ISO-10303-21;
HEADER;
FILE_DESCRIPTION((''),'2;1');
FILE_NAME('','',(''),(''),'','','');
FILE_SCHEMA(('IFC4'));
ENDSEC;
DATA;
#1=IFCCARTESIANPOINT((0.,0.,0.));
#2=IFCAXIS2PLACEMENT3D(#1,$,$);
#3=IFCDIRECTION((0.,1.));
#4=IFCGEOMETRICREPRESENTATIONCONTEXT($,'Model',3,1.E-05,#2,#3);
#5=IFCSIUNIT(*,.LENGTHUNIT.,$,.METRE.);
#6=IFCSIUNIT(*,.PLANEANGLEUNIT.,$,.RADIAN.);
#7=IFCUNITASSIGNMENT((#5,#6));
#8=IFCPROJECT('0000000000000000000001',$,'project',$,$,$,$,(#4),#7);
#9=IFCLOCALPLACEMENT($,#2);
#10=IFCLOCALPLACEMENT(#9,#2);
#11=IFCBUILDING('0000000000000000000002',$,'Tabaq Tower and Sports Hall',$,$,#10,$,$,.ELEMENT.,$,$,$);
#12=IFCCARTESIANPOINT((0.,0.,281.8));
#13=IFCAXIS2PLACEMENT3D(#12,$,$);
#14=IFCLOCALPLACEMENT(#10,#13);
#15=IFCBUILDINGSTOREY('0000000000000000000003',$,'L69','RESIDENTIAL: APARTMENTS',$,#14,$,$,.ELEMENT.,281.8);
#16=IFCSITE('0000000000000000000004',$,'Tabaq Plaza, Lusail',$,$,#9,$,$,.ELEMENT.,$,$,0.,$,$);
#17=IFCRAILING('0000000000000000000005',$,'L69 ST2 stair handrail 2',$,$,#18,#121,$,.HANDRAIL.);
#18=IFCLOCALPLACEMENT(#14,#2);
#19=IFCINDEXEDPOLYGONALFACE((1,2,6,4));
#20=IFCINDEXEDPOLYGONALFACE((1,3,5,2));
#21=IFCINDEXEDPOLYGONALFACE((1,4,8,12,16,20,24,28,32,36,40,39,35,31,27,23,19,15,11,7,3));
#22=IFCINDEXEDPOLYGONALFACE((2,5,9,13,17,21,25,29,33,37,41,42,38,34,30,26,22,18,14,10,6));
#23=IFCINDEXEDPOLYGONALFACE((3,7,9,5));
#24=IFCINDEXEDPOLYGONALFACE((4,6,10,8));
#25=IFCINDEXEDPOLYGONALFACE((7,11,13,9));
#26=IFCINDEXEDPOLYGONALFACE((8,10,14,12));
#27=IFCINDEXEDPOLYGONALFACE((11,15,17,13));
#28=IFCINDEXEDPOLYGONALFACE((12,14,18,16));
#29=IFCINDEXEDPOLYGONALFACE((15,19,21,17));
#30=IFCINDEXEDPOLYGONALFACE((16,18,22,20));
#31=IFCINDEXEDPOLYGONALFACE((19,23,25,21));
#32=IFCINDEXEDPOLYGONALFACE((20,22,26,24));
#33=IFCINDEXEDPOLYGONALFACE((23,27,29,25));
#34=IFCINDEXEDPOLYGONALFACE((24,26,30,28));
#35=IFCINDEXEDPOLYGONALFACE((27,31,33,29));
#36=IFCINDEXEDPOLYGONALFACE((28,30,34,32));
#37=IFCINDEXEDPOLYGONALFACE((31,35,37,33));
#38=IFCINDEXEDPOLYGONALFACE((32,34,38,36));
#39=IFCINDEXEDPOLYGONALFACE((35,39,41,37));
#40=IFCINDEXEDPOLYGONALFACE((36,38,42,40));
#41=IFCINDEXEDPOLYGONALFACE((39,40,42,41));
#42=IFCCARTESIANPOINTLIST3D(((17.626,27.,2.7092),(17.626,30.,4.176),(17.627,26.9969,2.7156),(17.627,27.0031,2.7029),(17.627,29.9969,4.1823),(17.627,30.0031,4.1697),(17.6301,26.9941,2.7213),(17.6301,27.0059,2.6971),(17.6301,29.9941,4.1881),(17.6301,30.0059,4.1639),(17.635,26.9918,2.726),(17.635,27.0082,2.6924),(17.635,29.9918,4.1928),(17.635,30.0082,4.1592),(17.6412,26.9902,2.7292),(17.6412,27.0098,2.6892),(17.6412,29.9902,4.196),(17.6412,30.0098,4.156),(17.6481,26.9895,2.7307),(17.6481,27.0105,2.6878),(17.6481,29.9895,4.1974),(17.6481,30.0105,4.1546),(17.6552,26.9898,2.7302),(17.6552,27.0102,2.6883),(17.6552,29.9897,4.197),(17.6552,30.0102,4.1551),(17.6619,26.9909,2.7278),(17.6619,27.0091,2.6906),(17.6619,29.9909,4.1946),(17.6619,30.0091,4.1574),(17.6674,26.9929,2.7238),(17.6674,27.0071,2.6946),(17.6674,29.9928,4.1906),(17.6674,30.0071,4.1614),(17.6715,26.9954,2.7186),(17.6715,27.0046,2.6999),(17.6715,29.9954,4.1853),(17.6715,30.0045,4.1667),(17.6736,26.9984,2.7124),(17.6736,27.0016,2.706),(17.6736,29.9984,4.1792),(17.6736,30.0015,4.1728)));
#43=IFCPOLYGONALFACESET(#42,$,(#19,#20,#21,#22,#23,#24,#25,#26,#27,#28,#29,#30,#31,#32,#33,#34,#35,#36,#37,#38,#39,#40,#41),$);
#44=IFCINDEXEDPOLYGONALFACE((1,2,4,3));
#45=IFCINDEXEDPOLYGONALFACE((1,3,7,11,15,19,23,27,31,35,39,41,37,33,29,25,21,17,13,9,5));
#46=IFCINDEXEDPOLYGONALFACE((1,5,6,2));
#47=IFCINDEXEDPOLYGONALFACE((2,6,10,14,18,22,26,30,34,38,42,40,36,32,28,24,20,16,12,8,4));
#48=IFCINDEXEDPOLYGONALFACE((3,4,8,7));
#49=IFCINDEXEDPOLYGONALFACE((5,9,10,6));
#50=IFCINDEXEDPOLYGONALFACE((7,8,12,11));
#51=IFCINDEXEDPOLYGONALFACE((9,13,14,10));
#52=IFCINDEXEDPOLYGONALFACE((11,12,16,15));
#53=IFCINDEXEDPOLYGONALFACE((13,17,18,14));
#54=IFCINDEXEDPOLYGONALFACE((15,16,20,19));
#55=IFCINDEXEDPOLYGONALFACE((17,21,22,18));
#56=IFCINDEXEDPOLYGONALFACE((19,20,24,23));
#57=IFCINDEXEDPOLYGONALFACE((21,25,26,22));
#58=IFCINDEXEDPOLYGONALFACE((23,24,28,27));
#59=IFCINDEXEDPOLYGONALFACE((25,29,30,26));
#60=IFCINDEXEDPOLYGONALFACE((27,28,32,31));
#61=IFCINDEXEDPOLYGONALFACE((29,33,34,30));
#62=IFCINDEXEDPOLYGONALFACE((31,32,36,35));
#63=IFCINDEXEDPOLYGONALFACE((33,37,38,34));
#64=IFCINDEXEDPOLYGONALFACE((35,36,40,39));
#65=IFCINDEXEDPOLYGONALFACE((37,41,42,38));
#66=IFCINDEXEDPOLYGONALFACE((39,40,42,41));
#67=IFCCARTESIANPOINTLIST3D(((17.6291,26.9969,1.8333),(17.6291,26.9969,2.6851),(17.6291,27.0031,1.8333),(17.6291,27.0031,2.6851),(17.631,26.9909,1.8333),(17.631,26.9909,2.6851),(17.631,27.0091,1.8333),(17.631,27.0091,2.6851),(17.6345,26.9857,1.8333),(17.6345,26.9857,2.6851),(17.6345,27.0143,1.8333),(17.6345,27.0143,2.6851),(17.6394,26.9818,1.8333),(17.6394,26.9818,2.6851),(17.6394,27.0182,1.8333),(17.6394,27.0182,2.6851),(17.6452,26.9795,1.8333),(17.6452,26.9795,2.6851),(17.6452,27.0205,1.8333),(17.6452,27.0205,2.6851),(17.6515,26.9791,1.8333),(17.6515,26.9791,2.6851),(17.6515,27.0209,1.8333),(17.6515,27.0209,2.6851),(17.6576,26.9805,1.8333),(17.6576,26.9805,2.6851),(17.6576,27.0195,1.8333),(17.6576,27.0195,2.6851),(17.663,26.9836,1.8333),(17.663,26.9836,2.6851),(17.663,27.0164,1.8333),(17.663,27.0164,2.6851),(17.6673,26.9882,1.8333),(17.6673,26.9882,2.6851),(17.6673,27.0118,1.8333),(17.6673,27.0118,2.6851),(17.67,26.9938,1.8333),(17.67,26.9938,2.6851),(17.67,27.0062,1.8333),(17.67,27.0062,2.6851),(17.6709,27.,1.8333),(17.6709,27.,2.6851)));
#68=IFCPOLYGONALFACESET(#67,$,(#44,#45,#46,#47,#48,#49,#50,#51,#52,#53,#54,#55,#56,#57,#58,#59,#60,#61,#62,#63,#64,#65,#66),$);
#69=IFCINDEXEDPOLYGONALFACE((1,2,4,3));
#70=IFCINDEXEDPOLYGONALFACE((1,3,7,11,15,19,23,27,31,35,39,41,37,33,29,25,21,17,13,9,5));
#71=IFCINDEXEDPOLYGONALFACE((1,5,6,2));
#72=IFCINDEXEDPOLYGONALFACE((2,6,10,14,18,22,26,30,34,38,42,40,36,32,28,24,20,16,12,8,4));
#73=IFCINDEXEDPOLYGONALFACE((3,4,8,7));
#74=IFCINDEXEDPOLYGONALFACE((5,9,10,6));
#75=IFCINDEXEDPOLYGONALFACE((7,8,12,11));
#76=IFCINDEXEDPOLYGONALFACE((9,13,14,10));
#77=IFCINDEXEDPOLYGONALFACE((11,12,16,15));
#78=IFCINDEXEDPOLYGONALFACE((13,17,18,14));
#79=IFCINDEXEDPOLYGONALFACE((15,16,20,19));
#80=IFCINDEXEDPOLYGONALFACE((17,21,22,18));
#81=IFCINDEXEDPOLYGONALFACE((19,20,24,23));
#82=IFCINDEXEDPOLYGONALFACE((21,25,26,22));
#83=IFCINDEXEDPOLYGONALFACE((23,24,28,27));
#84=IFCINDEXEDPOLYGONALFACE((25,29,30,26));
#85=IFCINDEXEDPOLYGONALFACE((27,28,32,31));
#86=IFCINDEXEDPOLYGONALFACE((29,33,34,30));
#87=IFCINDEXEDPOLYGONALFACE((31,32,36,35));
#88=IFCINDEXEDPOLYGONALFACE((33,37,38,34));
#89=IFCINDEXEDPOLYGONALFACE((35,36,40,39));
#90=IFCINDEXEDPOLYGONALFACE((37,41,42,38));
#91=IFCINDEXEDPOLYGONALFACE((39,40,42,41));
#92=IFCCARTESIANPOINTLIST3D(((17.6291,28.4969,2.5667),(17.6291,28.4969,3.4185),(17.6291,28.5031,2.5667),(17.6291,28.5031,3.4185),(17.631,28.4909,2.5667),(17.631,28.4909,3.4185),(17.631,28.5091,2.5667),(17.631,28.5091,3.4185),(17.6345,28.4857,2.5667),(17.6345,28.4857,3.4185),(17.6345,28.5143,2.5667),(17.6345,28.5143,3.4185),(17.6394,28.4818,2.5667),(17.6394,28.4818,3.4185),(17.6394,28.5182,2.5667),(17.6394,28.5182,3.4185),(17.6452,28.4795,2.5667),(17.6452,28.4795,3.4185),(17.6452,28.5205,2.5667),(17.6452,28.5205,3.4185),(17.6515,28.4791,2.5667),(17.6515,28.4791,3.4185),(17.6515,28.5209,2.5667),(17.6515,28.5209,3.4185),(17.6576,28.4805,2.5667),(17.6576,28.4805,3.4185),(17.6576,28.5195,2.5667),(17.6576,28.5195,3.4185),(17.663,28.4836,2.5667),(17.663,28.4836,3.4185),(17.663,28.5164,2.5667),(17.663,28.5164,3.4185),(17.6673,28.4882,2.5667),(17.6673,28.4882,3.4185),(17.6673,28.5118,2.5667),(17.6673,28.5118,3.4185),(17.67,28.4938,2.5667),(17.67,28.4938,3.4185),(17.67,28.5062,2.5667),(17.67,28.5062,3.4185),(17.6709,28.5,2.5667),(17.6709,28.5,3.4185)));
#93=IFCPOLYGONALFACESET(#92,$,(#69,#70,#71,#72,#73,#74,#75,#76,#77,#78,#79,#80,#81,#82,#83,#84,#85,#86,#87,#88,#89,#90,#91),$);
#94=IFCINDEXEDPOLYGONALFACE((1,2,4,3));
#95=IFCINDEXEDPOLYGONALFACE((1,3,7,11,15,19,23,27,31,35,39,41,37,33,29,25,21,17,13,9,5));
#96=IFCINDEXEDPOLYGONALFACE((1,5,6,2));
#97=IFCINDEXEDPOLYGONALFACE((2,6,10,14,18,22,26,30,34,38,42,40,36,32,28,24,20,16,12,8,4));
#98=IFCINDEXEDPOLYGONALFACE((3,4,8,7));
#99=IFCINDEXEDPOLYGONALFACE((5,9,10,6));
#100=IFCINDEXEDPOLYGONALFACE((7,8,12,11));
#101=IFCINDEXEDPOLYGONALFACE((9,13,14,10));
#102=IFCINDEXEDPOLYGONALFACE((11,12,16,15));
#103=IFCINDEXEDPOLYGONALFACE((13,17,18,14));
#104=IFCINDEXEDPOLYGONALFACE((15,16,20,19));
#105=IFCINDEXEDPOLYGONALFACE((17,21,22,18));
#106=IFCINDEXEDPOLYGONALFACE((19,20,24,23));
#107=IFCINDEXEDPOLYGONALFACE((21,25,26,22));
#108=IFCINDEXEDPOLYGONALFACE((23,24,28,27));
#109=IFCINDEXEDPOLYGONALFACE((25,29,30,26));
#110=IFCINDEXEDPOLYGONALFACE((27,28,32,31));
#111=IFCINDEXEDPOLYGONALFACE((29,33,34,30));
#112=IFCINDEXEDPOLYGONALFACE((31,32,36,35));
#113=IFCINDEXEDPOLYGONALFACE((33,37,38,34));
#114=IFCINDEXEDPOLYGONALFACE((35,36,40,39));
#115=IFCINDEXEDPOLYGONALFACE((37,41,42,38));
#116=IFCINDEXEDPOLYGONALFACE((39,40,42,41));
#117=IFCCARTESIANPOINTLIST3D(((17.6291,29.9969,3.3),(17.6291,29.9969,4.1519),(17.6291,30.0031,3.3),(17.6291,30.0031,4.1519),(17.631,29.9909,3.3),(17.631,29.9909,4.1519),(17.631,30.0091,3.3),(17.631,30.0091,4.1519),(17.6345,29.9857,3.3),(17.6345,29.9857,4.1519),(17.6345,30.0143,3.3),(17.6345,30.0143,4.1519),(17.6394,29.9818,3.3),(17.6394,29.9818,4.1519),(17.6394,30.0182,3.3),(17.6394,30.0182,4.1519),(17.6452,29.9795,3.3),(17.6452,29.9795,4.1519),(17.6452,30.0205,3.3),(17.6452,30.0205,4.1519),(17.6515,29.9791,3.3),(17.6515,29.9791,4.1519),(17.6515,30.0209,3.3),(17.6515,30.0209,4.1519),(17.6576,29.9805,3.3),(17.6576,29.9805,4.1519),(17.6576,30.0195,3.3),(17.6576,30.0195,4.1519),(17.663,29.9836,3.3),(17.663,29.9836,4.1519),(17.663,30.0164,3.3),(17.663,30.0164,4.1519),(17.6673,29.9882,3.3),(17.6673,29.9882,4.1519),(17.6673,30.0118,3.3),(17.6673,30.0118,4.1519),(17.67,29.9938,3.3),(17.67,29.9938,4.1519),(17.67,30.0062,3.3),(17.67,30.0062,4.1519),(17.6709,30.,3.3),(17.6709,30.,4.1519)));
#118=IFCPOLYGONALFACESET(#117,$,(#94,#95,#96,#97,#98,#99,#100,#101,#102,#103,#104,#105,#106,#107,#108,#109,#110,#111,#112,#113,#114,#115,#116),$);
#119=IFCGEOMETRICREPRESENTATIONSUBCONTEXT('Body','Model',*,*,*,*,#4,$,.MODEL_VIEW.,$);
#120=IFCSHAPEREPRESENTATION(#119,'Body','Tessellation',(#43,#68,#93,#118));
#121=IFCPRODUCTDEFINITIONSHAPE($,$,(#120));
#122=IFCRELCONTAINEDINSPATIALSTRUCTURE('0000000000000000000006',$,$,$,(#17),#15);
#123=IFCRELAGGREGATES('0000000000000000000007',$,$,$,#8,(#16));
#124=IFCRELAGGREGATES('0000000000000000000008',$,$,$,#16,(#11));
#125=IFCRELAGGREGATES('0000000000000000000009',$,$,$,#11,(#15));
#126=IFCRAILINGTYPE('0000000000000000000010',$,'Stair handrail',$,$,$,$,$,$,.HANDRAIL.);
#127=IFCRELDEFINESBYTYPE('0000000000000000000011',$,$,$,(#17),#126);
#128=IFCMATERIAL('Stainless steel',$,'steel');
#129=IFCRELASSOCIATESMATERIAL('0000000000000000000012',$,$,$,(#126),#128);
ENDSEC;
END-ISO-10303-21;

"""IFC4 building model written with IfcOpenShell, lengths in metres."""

from ifc_helpers import new_model, si_unit, direction, frame, origin, origin_2d, place, context, subcontext, project, spatial, circle, extrude, material, type_object, element, save


model = new_model("IFC4")

# Units and contexts
model_context = context("Model", 3, precision=1e-05, world=origin(), true_north=direction((0.0, 1.0)))
body_context = subcontext(model_context, "Body", "Model", "MODEL_VIEW")
ifc_project = project(units=[si_unit("LENGTHUNIT", "METRE"), si_unit("PLANEANGLEUNIT", "RADIAN")], contexts=[model_context])

# Site, building, storey
site_placement = place(None, origin())
site = spatial("IfcSite", under=ifc_project, at=site_placement, Name="Tabaq Plaza, Lusail", CompositionType="ELEMENT", RefElevation=0.0)
building_placement = place(site_placement, origin())
building = spatial("IfcBuilding", under=site, at=building_placement, Name="Tabaq Tower and Sports Hall", CompositionType="ELEMENT")
storey_placement = place(building_placement, frame((0.0, 0.0, 281.8)))
storey = spatial("IfcBuildingStorey", under=building, at=storey_placement, Name="L69", Description="RESIDENTIAL: APARTMENTS", CompositionType="ELEMENT", Elevation=281.8)

# Railing
ifc_material_1 = material(Name="Stainless steel", Category="steel")
railing_type_1 = type_object("IfcRailingType", Name="Stair handrail", PredefinedType="HANDRAIL", material=ifc_material_1)
railing_1_placement = place(storey_placement, frame((17.6499, 27.0, 1.8333)))
element("IfcRailing", 1, at=railing_1_placement, inside=storey, type_object=railing_type_1, Name="L69 ST2 stair handrail 2", PredefinedType="HANDRAIL", context=body_context, shape_type="SweptSolid", body=[
    extrude(circle(Radius=0.0239, at=origin_2d()), frame((0.0, 0.0, 0.876), z_axis=(0.0, 0.898369, 0.439242), x_axis=(-1.0, 0.0, 0.0)), (0.0, 0.0, 1.0), 3.3394),
    extrude(circle(Radius=0.021, at=origin_2d()), origin(), (0.0, 0.0, 1.0), 0.8518),
    extrude(circle(Radius=0.021, at=origin_2d()), frame((0.0, 1.5, 0.7334)), (0.0, 0.0, 1.0), 0.8518),
    extrude(circle(Radius=0.021, at=origin_2d()), frame((0.0, 3.0, 1.4668)), (0.0, 0.0, 1.0), 0.8518),
])

save(model, "model.ifc")
